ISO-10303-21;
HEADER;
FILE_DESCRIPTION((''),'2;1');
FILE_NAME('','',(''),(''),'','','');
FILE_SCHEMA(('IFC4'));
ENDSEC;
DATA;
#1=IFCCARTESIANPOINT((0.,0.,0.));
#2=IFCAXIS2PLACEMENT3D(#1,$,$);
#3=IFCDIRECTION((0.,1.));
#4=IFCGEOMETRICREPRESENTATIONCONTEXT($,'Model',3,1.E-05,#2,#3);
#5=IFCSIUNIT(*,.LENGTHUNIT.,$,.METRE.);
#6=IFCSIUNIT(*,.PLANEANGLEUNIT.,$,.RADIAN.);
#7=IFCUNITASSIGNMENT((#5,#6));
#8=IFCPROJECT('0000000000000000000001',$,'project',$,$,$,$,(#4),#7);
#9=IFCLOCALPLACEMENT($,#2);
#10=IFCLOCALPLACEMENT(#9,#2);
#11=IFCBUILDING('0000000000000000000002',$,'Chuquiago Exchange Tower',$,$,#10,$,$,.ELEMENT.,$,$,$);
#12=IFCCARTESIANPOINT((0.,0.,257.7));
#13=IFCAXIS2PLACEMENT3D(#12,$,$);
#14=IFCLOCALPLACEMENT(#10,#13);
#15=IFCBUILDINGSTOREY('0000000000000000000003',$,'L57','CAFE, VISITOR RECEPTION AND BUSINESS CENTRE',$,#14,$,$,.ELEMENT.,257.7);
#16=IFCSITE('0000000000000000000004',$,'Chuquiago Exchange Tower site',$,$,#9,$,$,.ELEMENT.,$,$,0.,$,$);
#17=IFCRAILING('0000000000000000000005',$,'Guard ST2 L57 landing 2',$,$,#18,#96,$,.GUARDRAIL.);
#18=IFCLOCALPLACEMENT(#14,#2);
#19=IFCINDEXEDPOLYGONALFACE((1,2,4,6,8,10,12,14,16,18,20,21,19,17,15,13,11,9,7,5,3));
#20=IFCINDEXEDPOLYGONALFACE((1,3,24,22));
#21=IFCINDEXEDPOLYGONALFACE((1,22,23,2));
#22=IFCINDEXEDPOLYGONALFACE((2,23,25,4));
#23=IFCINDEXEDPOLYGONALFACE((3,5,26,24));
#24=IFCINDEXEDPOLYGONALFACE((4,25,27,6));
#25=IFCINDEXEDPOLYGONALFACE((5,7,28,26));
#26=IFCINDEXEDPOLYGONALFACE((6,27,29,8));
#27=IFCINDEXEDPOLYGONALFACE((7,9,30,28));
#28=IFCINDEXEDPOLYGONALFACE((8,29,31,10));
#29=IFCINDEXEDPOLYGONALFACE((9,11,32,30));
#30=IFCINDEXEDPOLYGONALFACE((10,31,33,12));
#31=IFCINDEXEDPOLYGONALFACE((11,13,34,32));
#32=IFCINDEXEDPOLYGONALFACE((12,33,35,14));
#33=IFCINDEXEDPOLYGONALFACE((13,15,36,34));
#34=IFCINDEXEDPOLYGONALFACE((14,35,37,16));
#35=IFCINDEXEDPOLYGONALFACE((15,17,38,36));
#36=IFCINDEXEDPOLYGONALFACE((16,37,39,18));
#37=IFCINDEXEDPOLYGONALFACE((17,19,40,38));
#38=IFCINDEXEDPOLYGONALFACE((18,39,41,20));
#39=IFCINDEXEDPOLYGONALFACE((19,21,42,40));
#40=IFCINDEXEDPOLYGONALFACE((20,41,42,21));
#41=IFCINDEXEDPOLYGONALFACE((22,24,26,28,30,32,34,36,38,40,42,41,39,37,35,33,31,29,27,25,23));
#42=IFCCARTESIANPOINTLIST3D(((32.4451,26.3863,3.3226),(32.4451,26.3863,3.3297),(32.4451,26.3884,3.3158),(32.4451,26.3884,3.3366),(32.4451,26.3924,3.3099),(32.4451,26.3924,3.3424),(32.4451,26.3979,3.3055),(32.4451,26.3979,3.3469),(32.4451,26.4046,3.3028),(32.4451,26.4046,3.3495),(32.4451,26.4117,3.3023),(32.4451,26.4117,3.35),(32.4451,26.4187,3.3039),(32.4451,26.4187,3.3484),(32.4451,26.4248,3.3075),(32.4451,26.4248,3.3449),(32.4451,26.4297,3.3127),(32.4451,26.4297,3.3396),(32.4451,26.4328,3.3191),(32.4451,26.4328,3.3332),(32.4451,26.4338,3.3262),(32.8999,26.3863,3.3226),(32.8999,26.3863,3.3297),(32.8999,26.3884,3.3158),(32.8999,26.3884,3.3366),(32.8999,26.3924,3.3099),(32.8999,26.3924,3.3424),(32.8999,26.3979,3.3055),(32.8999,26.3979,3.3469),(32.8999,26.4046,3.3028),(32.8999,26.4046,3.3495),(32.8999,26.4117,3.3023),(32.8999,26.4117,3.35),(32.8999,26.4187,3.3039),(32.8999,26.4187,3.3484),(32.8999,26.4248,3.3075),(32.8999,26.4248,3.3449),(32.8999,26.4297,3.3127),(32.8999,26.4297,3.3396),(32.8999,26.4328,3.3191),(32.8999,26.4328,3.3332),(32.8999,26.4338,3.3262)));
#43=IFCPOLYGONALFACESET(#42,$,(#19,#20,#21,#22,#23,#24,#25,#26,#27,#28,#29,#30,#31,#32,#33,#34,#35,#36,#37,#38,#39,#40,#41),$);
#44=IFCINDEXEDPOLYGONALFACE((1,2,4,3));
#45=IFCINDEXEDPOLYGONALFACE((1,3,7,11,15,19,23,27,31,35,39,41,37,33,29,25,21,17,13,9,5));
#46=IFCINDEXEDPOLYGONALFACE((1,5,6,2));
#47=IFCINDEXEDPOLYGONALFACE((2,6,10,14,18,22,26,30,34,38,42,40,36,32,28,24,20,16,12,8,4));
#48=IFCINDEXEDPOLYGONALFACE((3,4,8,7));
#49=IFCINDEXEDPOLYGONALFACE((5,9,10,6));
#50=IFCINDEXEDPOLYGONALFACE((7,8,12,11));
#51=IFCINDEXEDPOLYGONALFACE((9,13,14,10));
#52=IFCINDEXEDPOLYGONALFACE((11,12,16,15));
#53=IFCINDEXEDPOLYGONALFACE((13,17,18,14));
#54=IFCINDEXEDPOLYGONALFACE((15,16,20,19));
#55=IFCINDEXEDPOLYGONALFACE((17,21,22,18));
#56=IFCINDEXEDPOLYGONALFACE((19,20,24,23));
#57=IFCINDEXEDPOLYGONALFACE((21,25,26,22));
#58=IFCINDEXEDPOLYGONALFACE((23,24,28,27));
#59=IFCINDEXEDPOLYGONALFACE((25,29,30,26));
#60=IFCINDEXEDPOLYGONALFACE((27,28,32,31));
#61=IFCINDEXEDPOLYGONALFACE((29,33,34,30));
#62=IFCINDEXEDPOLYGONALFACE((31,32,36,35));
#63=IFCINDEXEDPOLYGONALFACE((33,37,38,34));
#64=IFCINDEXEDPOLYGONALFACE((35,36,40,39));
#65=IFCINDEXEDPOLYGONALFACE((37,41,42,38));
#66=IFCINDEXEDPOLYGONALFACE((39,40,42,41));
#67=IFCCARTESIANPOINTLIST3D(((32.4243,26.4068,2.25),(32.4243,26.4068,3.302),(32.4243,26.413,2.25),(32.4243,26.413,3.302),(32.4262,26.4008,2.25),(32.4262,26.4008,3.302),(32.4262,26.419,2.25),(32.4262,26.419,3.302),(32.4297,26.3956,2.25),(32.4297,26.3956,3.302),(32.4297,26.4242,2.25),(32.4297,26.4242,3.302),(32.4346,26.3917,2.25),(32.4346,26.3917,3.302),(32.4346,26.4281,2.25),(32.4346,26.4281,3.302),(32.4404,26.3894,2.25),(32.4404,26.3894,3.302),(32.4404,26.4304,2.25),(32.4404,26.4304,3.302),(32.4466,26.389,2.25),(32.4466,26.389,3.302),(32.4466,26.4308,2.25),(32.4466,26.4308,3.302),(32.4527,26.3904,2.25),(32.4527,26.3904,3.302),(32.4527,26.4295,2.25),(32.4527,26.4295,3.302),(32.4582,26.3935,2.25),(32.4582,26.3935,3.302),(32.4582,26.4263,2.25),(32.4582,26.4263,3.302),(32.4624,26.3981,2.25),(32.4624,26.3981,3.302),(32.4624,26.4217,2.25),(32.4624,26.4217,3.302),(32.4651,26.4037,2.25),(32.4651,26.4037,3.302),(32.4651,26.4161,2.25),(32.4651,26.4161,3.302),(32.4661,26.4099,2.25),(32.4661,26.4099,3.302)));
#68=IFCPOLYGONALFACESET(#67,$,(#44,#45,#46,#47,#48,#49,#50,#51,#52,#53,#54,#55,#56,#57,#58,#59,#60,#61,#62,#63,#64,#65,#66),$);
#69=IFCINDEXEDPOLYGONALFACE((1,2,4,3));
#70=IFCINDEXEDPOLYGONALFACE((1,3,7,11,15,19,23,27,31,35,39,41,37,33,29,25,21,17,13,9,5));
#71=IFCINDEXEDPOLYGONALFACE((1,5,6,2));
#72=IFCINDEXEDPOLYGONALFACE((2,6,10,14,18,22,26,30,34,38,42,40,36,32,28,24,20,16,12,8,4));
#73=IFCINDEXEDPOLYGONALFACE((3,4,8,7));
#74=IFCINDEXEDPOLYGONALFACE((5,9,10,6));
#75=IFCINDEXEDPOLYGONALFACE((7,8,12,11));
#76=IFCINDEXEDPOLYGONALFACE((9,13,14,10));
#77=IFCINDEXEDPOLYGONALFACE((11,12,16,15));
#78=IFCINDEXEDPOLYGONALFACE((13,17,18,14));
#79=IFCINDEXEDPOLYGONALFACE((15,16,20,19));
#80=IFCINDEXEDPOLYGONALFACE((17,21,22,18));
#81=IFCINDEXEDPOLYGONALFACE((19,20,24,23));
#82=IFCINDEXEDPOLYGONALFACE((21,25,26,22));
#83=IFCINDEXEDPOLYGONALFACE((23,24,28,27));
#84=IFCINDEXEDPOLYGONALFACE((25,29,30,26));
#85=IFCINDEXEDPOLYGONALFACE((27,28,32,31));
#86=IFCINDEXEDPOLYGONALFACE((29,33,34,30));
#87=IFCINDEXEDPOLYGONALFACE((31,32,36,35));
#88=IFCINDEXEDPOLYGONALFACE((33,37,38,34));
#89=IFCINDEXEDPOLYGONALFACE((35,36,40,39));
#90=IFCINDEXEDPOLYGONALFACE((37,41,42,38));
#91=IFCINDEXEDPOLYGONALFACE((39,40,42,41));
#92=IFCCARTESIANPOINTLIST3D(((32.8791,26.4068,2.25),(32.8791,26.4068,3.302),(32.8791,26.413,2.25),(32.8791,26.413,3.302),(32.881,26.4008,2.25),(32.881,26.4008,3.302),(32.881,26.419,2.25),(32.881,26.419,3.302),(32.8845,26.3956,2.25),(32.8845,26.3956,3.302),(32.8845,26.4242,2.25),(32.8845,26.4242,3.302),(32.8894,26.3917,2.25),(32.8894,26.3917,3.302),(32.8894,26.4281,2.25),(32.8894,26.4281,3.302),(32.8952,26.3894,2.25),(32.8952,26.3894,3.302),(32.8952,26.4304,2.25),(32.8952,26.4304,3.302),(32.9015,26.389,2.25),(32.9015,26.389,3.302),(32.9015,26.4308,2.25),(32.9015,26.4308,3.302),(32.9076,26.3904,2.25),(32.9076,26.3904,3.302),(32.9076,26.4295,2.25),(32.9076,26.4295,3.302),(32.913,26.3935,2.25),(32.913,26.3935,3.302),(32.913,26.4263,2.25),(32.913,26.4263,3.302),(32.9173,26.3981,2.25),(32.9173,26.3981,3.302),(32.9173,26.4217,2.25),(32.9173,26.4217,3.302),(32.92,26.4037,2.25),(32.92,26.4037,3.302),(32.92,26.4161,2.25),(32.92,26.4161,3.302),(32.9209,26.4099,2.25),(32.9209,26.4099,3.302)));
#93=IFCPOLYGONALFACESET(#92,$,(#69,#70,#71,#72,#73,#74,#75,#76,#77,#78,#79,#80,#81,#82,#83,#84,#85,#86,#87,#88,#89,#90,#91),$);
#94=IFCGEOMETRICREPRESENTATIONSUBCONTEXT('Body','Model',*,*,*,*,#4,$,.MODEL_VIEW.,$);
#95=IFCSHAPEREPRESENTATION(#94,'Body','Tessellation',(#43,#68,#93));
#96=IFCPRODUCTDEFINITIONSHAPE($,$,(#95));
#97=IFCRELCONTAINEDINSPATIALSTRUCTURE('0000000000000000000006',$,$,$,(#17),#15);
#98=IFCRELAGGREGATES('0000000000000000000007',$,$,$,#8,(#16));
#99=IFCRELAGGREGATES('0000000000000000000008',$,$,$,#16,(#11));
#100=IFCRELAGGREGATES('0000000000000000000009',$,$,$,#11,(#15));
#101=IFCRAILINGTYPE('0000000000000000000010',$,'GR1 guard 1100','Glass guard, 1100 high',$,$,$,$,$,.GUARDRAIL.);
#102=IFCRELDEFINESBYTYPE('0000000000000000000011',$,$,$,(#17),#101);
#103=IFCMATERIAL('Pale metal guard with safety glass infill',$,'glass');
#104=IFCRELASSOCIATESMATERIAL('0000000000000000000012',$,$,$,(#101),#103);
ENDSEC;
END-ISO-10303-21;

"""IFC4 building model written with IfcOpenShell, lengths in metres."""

from ifc_helpers import new_model, si_unit, direction, frame, origin, origin_2d, place, context, subcontext, project, spatial, circle, extrude, material, type_object, element, save


model = new_model("IFC4")

# Units and contexts
model_context = context("Model", 3, precision=1e-05, world=origin(), true_north=direction((0.0, 1.0)))
body_context = subcontext(model_context, "Body", "Model", "MODEL_VIEW")
ifc_project = project(units=[si_unit("LENGTHUNIT", "METRE"), si_unit("PLANEANGLEUNIT", "RADIAN")], contexts=[model_context])

# Site, building, storey
site_placement = place(None, origin())
site = spatial("IfcSite", under=ifc_project, at=site_placement, Name="Chuquiago Exchange Tower site", CompositionType="ELEMENT", RefElevation=0.0)
building_placement = place(site_placement, origin())
building = spatial("IfcBuilding", under=site, at=building_placement, Name="Chuquiago Exchange Tower", CompositionType="ELEMENT")
storey_placement = place(building_placement, frame((0.0, 0.0, 257.7)))
storey = spatial("IfcBuildingStorey", under=building, at=storey_placement, Name="L57", Description="CAFE, VISITOR RECEPTION AND BUSINESS CENTRE", CompositionType="ELEMENT", Elevation=257.7)

# Railing
ifc_material_1 = material(Name="Pale metal guard with safety glass infill", Category="glass")
railing_type_1 = type_object("IfcRailingType", Name="GR1 guard 1100", Description="Glass guard, 1100 high", PredefinedType="GUARDRAIL", material=ifc_material_1)
railing_placement = place(storey_placement, frame((32.4451, 26.4099, 2.25)))
element("IfcRailing", 1, at=railing_placement, inside=storey, type_object=railing_type_1, Name="Guard ST2 L57 landing 2", PredefinedType="GUARDRAIL", context=body_context, shape_type="SweptSolid", body=[
    extrude(circle(Radius=0.0239, at=origin_2d()), frame((0.0, 0.0, 1.0762), z_axis=(1.0, 0.0, 0.0), x_axis=(0.0, 1.0, 0.0)), (0.0, 0.0, 1.0), 0.4548),
    extrude(circle(Radius=0.021, at=origin_2d()), origin(), (0.0, 0.0, 1.0), 1.052),
    extrude(circle(Radius=0.021, at=origin_2d()), frame((0.4548, 0.0, 0.0)), (0.0, 0.0, 1.0), 1.052),
])

save(model, "model.ifc")
